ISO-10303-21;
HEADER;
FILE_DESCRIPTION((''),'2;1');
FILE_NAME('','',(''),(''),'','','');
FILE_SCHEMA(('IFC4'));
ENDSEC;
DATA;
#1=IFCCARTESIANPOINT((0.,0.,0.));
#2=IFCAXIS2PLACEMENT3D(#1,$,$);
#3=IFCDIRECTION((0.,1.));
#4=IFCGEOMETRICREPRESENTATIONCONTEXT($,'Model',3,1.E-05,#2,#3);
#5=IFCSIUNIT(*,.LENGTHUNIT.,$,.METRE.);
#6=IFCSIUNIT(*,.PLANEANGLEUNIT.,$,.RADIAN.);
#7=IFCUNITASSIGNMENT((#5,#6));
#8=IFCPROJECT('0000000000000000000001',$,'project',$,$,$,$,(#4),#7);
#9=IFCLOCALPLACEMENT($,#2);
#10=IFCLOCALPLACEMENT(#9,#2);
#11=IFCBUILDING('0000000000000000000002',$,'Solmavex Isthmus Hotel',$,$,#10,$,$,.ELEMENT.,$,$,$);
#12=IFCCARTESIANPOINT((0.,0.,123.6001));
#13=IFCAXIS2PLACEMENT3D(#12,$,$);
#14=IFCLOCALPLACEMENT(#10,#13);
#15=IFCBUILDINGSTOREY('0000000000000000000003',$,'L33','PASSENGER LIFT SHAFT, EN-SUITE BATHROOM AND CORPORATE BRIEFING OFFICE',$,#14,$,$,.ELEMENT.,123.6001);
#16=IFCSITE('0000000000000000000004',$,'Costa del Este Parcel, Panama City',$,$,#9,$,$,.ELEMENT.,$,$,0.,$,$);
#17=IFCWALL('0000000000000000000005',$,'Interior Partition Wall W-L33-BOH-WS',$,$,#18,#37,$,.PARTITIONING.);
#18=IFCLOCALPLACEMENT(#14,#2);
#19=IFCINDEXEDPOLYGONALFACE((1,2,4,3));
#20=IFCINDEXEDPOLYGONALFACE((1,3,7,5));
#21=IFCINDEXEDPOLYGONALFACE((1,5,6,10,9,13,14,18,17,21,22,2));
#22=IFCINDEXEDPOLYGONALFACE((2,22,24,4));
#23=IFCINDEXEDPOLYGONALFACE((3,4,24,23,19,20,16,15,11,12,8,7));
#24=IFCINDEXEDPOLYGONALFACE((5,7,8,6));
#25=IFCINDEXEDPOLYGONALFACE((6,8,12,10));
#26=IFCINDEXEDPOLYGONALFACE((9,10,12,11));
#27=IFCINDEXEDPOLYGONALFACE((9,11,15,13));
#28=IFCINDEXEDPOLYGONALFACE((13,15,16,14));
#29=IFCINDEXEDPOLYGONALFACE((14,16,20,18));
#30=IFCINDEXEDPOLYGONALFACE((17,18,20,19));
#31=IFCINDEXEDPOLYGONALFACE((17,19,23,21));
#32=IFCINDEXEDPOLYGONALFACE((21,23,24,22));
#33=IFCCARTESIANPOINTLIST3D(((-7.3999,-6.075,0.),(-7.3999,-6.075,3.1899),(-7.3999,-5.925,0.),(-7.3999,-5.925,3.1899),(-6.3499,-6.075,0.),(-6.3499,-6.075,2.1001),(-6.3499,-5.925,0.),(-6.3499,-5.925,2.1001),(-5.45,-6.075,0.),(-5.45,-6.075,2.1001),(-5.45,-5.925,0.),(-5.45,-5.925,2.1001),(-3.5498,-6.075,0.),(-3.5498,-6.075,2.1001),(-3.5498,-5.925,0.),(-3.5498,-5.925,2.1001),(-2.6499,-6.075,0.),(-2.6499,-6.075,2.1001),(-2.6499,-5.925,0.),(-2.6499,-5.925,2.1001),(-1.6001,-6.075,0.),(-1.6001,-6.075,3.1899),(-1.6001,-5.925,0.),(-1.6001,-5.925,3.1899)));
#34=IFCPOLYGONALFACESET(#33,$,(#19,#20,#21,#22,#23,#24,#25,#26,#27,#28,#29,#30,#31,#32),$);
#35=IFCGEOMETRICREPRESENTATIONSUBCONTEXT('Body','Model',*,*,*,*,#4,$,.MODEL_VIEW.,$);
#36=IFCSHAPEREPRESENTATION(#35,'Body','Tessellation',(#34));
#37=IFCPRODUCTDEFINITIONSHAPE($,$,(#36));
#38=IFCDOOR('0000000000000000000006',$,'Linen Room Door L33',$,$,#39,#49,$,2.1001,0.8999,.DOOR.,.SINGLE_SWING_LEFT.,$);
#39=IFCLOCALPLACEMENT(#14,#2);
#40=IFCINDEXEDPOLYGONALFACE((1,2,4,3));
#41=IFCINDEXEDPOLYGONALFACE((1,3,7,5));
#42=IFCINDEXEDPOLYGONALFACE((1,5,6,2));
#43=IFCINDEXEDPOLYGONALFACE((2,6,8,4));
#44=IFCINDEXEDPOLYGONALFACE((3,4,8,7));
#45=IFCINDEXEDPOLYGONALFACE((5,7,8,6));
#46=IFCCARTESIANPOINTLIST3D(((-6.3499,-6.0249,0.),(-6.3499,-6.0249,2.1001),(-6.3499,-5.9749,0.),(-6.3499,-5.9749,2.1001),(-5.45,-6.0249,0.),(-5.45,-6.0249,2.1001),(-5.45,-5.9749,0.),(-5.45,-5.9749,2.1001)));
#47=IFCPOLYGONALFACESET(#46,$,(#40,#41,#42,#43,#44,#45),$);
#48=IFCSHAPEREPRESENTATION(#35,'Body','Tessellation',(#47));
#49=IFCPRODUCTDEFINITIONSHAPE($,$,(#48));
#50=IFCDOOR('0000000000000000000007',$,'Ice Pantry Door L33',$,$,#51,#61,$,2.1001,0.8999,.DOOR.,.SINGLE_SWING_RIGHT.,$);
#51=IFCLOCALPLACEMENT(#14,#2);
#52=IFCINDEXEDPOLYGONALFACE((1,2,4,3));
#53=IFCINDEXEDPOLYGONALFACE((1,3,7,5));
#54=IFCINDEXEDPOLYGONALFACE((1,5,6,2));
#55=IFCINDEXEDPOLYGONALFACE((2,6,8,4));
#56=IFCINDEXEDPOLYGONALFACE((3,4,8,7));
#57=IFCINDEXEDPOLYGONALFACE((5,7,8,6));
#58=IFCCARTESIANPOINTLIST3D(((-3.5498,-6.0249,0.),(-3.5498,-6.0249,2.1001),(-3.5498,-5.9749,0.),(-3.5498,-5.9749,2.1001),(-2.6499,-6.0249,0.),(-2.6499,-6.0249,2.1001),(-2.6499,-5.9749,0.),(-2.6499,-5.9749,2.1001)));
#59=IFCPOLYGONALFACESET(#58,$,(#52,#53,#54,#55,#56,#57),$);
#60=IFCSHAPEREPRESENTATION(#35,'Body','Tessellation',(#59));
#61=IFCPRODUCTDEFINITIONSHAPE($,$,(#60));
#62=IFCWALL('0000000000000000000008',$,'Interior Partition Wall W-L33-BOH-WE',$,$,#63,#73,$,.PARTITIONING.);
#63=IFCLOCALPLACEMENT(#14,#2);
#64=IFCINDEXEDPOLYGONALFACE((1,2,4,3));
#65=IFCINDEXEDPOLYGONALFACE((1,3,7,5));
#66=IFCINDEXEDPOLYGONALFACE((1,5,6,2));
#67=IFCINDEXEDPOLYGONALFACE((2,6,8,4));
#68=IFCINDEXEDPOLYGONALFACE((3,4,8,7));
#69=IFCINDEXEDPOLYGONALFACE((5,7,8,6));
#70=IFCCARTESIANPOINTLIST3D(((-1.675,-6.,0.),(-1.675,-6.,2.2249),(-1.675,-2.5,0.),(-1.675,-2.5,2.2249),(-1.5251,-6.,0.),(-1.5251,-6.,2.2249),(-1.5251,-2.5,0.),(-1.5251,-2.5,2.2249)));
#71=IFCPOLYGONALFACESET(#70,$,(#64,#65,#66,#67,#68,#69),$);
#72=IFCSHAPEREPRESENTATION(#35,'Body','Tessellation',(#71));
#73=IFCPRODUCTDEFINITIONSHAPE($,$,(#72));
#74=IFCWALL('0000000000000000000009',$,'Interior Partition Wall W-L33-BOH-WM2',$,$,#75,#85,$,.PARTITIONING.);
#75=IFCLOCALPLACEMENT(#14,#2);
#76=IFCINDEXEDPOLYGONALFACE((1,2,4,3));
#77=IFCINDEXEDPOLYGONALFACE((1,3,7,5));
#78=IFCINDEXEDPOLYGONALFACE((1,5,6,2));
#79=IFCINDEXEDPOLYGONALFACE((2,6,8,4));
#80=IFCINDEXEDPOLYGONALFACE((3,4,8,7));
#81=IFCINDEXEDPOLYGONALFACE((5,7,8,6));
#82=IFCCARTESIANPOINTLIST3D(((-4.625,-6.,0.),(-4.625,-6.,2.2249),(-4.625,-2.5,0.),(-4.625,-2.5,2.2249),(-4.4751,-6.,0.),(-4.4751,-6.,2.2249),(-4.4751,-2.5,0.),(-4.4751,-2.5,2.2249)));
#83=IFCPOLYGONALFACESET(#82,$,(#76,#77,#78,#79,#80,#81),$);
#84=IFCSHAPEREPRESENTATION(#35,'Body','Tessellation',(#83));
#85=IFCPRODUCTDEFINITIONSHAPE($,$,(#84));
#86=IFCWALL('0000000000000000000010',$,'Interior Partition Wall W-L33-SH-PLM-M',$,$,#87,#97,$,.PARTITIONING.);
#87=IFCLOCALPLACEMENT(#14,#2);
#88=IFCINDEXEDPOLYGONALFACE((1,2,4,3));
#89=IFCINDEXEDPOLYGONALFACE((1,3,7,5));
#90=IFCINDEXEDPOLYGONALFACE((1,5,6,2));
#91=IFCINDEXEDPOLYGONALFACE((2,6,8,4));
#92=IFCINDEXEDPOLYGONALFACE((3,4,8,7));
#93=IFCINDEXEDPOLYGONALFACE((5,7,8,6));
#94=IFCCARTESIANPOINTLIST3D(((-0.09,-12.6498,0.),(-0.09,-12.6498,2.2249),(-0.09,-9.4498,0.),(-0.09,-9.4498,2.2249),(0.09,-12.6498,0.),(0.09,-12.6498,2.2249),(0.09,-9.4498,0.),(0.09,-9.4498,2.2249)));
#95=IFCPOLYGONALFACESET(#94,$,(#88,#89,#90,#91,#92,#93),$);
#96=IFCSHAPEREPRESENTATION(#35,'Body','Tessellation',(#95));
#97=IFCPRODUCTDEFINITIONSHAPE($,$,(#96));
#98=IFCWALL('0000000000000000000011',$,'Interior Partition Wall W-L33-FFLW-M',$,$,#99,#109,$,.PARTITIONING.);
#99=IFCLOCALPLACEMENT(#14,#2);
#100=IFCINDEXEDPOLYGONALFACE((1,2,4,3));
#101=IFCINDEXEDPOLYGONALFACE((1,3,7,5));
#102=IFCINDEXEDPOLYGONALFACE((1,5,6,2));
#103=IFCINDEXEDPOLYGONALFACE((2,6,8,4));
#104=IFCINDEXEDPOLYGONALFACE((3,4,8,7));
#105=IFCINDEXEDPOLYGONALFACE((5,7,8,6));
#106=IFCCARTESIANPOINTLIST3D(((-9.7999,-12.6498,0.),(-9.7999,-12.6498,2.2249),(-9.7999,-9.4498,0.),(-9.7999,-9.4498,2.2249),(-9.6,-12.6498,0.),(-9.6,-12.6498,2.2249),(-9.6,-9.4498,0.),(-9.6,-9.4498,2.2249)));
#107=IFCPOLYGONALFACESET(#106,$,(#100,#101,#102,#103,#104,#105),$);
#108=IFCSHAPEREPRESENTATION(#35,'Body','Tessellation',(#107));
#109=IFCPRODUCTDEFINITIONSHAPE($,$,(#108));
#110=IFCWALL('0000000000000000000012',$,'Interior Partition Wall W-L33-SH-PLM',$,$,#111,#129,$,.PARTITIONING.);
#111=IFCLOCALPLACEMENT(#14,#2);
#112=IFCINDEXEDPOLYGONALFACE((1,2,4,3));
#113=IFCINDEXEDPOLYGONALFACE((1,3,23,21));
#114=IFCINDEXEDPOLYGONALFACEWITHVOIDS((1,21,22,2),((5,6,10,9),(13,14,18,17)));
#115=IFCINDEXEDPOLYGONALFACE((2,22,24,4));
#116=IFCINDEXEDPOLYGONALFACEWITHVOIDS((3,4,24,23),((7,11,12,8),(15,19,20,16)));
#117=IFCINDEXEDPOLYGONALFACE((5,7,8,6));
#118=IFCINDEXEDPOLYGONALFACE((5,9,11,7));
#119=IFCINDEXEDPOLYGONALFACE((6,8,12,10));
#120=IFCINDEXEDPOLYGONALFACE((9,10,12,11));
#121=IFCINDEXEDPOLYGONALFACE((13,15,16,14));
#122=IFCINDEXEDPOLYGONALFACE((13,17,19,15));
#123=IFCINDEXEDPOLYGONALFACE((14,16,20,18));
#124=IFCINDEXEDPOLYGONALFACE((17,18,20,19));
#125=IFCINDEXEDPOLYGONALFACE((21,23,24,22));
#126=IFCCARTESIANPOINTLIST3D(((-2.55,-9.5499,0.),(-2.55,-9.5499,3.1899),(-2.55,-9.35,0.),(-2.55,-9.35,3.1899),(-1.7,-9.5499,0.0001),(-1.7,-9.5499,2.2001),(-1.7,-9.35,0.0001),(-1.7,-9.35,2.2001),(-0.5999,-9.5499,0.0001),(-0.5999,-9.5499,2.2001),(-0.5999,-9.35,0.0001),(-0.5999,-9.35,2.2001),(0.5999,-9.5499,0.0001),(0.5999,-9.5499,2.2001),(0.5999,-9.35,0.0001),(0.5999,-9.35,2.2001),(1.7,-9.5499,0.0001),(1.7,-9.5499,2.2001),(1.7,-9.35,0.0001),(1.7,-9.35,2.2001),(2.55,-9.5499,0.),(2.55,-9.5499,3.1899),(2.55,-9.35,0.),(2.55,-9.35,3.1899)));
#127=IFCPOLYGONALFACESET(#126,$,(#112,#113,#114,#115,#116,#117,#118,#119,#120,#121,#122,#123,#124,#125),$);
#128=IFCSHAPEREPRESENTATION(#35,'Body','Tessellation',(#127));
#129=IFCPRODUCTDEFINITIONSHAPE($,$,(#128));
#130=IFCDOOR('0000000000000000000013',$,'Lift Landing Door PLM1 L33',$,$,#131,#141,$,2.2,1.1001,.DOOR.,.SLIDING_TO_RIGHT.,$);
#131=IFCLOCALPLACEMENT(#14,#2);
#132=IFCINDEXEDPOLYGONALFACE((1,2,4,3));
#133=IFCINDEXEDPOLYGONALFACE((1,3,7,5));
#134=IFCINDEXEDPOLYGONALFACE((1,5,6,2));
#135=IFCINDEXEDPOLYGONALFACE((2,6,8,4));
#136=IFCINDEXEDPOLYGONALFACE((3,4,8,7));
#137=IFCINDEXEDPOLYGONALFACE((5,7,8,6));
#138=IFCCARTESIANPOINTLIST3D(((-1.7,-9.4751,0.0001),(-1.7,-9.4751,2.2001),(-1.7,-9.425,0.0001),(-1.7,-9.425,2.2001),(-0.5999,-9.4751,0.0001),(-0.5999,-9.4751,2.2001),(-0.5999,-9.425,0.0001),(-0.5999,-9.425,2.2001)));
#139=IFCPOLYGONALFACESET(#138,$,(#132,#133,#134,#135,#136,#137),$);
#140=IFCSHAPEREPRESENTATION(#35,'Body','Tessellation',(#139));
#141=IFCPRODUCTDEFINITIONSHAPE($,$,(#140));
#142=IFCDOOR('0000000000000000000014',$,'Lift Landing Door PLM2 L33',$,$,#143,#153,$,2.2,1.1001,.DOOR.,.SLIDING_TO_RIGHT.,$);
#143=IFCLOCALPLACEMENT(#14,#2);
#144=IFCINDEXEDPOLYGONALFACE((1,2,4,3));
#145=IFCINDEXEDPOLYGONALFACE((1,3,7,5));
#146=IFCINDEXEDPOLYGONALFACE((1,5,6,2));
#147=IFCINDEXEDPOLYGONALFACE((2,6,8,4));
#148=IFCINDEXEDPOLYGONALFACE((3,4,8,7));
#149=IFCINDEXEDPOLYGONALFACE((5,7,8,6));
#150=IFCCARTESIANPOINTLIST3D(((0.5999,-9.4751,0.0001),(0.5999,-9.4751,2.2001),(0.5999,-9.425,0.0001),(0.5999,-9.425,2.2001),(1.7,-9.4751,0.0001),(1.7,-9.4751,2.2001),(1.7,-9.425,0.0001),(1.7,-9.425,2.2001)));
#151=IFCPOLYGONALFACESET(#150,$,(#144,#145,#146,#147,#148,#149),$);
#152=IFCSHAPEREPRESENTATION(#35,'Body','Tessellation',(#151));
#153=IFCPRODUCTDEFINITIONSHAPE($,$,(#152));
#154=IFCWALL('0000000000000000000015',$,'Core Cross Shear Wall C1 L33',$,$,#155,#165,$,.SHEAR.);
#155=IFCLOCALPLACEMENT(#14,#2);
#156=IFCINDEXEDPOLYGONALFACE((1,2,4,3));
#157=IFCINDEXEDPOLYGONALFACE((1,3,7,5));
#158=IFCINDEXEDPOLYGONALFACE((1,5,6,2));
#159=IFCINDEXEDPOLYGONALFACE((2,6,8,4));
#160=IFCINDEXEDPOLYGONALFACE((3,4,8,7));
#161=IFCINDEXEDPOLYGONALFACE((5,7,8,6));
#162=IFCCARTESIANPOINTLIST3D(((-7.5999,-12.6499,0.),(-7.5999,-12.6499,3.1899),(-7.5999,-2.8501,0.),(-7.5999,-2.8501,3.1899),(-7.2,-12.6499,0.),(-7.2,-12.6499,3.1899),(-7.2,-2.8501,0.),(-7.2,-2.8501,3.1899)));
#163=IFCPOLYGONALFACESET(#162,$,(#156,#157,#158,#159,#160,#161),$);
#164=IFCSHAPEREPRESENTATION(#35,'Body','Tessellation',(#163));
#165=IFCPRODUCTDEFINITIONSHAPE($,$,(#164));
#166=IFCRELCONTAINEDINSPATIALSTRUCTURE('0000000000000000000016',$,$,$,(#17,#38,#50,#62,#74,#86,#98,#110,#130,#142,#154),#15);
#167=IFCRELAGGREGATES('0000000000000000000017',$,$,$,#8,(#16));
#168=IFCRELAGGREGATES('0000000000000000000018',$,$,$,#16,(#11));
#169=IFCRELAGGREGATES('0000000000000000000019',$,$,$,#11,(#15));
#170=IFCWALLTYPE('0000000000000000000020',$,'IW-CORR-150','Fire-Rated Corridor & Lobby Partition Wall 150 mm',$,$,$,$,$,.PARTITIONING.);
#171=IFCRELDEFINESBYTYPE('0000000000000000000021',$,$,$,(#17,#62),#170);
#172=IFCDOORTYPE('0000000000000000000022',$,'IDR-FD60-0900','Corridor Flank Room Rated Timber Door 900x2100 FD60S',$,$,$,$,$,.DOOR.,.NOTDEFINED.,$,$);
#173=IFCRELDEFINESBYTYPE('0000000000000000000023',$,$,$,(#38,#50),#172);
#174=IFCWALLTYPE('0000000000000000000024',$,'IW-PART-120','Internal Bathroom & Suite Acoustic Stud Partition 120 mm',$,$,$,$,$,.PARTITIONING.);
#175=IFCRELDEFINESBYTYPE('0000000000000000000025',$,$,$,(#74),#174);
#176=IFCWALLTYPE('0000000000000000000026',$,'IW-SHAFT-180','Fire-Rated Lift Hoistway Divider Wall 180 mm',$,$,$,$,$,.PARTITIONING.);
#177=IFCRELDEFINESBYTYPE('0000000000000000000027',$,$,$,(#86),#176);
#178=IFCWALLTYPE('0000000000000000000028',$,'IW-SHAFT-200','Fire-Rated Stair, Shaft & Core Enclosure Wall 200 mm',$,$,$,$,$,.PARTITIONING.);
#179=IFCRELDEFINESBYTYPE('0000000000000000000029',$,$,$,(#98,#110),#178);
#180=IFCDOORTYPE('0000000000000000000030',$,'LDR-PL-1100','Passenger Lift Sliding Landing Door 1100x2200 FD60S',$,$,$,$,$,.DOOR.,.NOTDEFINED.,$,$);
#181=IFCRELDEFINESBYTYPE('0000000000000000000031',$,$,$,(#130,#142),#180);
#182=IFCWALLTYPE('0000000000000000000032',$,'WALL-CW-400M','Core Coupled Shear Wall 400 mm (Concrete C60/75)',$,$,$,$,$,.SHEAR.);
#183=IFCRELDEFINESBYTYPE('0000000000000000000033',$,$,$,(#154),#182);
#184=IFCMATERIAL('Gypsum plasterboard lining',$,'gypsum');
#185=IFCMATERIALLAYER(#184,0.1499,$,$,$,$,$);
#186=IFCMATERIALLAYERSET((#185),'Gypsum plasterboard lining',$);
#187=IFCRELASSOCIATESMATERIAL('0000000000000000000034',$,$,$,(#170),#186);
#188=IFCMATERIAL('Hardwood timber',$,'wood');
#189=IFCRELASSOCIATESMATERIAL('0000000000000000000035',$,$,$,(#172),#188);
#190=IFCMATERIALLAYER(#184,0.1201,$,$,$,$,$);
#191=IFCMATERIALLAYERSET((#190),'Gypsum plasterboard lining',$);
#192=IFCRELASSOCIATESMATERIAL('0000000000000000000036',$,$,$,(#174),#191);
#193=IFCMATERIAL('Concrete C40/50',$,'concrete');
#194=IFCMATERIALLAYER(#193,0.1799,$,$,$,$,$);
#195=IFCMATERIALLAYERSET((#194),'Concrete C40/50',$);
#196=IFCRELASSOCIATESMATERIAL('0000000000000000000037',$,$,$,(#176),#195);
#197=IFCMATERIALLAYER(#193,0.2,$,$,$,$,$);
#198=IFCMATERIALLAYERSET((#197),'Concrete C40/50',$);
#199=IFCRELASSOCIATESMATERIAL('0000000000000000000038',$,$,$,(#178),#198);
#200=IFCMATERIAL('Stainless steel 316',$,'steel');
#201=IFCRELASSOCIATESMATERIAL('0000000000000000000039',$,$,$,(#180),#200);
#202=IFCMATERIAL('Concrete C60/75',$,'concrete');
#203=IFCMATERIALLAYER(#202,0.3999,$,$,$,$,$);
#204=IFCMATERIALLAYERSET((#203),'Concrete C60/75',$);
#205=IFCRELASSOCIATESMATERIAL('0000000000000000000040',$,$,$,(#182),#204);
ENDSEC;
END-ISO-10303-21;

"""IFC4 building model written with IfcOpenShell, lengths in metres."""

from ifc_helpers import new_model, si_unit, direction, frame, frame_2d, origin, place, context, subcontext, project, spatial, rectangle, extrude, material, layer, layer_set, type_object, element, fill, save


model = new_model("IFC4")

# Units and contexts
model_context = context("Model", 3, precision=1e-05, world=origin(), true_north=direction((0.0, 1.0)))
body_context = subcontext(model_context, "Body", "Model", "MODEL_VIEW")
ifc_project = project(units=[si_unit("LENGTHUNIT", "METRE"), si_unit("PLANEANGLEUNIT", "RADIAN")], contexts=[model_context])

# Site, building, storey
site_placement = place(None, origin())
site = spatial("IfcSite", under=ifc_project, at=site_placement, Name="Costa del Este Parcel, Panama City", CompositionType="ELEMENT", RefElevation=0.0)
building_placement = place(site_placement, origin())
building = spatial("IfcBuilding", under=site, at=building_placement, Name="Solmavex Isthmus Hotel", CompositionType="ELEMENT")
storey_placement = place(building_placement, frame((0.0, 0.0, 123.6001)))
storey = spatial("IfcBuildingStorey", under=building, at=storey_placement, Name="L33", Description="PASSENGER LIFT SHAFT, EN-SUITE BATHROOM AND CORPORATE BRIEFING OFFICE", CompositionType="ELEMENT", Elevation=123.6001)

# Shared definitions
ifc_material_1 = material(Name="Concrete C60/75", Category="concrete")

# Shared definitions
ifc_material_2 = material(Name="Concrete C40/50", Category="concrete")

# Shared definitions
ifc_material_3 = material(Name="Gypsum plasterboard lining", Category="gypsum")
ifc_material_4 = material(Name="Hardwood timber", Category="wood")

# Wall, openings, doors
ifc_layer_1 = layer(ifc_material_3, 0.1499)
ifc_layer_set_1 = layer_set([ifc_layer_1], Name="Gypsum plasterboard lining")
wall_type_1 = type_object("IfcWallType", Name="IW-CORR-150", Description="Fire-Rated Corridor & Lobby Partition Wall 150 mm", PredefinedType="PARTITIONING", material=ifc_layer_set_1)
wall_1_placement = place(storey_placement, frame((-7.3999, -6.0, 0.0), z_axis=(0.0, 0.0, 1.0), x_axis=(1.0, 0.0, 0.0)))
wall_1 = element("IfcWall", 1, at=wall_1_placement, inside=storey, type_object=wall_type_1, Name="Interior Partition Wall W-L33-BOH-WS", PredefinedType="PARTITIONING", context=body_context, shape_type="SweptSolid", body=[
    extrude(rectangle(XDim=5.7998, YDim=0.1499, at=frame_2d((2.8999, 0.0))), origin(), (0.0, 0.0, 1.0), 3.1899),
])
opening_1_placement = place(wall_1_placement, frame((1.05, 0.0, 0.0)))
opening_1 = element("IfcOpeningElement", 2, at=opening_1_placement, cuts=wall_1, PredefinedType="OPENING", context=body_context, shape_type="SweptSolid", body=[
    extrude(rectangle(XDim=0.8999, YDim=2.1001, at=frame_2d((0.45, 1.05))), frame((0.0, 0.085, 0.0), z_axis=(0.0, -1.0, 0.0), x_axis=(1.0, 0.0, 0.0)), (0.0, 0.0, 1.0), 0.1699),
])
opening_2_placement = place(wall_1_placement, frame((3.8501, 0.0, 0.0)))
opening_2 = element("IfcOpeningElement", 3, at=opening_2_placement, cuts=wall_1, PredefinedType="OPENING", context=body_context, shape_type="SweptSolid", body=[
    extrude(rectangle(XDim=0.8999, YDim=2.1001, at=frame_2d((0.45, 1.05))), frame((0.0, 0.085, 0.0), z_axis=(0.0, -1.0, 0.0), x_axis=(1.0, 0.0, 0.0)), (0.0, 0.0, 1.0), 0.1699),
])
door_type_1 = type_object("IfcDoorType", Name="IDR-FD60-0900", Description="Corridor Flank Room Rated Timber Door 900x2100 FD60S", OperationType="NOTDEFINED", PredefinedType="DOOR", material=ifc_material_4)
door_1_placement = place(opening_1_placement, frame((0.8999, 0.0, 0.0), z_axis=(0.0, 0.0, 1.0), x_axis=(-1.0, 0.0, 0.0)))
door_1 = element("IfcDoor", 4, at=door_1_placement, inside=storey, type_object=door_type_1, Name="Linen Room Door L33", OperationType="SINGLE_SWING_LEFT", OverallHeight=2.1001, OverallWidth=0.8999, PredefinedType="DOOR", context=body_context, shape_type="SweptSolid", body=[
    extrude(rectangle(XDim=0.8999, YDim=2.1001, at=frame_2d((0.45, 1.05))), frame((0.0, 0.0249, 0.0), z_axis=(0.0, -1.0, 0.0), x_axis=(1.0, 0.0, 0.0)), (0.0, 0.0, 1.0), 0.05),
])
fill(opening_1, door_1)
door_2_placement = place(opening_2_placement, frame((0.8999, 0.0, 0.0), z_axis=(0.0, 0.0, 1.0), x_axis=(-1.0, 0.0, 0.0)))
door_2 = element("IfcDoor", 5, at=door_2_placement, inside=storey, type_object=door_type_1, Name="Ice Pantry Door L33", OperationType="SINGLE_SWING_RIGHT", OverallHeight=2.1001, OverallWidth=0.8999, PredefinedType="DOOR", context=body_context, shape_type="SweptSolid", body=[
    extrude(rectangle(XDim=0.8999, YDim=2.1001, at=frame_2d((0.45, 1.05))), frame((0.0, 0.0249, 0.0), z_axis=(0.0, -1.0, 0.0), x_axis=(1.0, 0.0, 0.0)), (0.0, 0.0, 1.0), 0.05),
])
fill(opening_2, door_2)

# Walls
wall_2_placement = place(storey_placement, frame((-1.6001, -6.0, 0.0), z_axis=(0.0, 0.0, 1.0), x_axis=(0.0, 1.0, 0.0)))
element("IfcWall", 6, at=wall_2_placement, inside=storey, type_object=wall_type_1, Name="Interior Partition Wall W-L33-BOH-WE", PredefinedType="PARTITIONING", context=body_context, shape_type="SweptSolid", body=[
    extrude(rectangle(XDim=3.5, YDim=0.1499, at=frame_2d((1.75, 0.0))), origin(), (0.0, 0.0, 1.0), 2.2249),
])
ifc_layer_2 = layer(ifc_material_3, 0.1201)
ifc_layer_set_2 = layer_set([ifc_layer_2], Name="Gypsum plasterboard lining")
wall_type_2 = type_object("IfcWallType", Name="IW-PART-120", Description="Internal Bathroom & Suite Acoustic Stud Partition 120 mm", PredefinedType="PARTITIONING", material=ifc_layer_set_2)
wall_3_placement = place(storey_placement, frame((-4.55, -6.0, 0.0), z_axis=(0.0, 0.0, 1.0), x_axis=(0.0, 1.0, 0.0)))
element("IfcWall", 7, at=wall_3_placement, inside=storey, type_object=wall_type_2, Name="Interior Partition Wall W-L33-BOH-WM2", PredefinedType="PARTITIONING", context=body_context, shape_type="SweptSolid", body=[
    extrude(rectangle(XDim=3.5, YDim=0.1499, at=frame_2d((1.75, 0.0))), origin(), (0.0, 0.0, 1.0), 2.2249),
])
ifc_layer_3 = layer(ifc_material_2, 0.1799)
ifc_layer_set_3 = layer_set([ifc_layer_3], Name="Concrete C40/50")
wall_type_3 = type_object("IfcWallType", Name="IW-SHAFT-180", Description="Fire-Rated Lift Hoistway Divider Wall 180 mm", PredefinedType="PARTITIONING", material=ifc_layer_set_3)
wall_4_placement = place(storey_placement, frame((0.0, -12.6499, 0.0), z_axis=(0.0, 0.0, 1.0), x_axis=(0.0, 1.0, 0.0)))
element("IfcWall", 8, at=wall_4_placement, inside=storey, type_object=wall_type_3, Name="Interior Partition Wall W-L33-SH-PLM-M", PredefinedType="PARTITIONING", context=body_context, shape_type="SweptSolid", body=[
    extrude(rectangle(XDim=3.2, YDim=0.1799, at=frame_2d((1.6001, 0.0))), origin(), (0.0, 0.0, 1.0), 2.2249),
])
ifc_layer_4 = layer(ifc_material_2, 0.2)
ifc_layer_set_4 = layer_set([ifc_layer_4], Name="Concrete C40/50")
wall_type_4 = type_object("IfcWallType", Name="IW-SHAFT-200", Description="Fire-Rated Stair, Shaft & Core Enclosure Wall 200 mm", PredefinedType="PARTITIONING", material=ifc_layer_set_4)
wall_5_placement = place(storey_placement, frame((-9.7, -12.6499, 0.0), z_axis=(0.0, 0.0, 1.0), x_axis=(0.0, 1.0, 0.0)))
element("IfcWall", 9, at=wall_5_placement, inside=storey, type_object=wall_type_4, Name="Interior Partition Wall W-L33-FFLW-M", PredefinedType="PARTITIONING", context=body_context, shape_type="SweptSolid", body=[
    extrude(rectangle(XDim=3.2, YDim=0.2, at=frame_2d((1.6001, 0.0))), origin(), (0.0, 0.0, 1.0), 2.2249),
])

# Wall, openings, doors
wall_6_placement = place(storey_placement, frame((-2.55, -9.45, 0.0), z_axis=(0.0, 0.0, 1.0), x_axis=(1.0, 0.0, 0.0)))
wall_6 = element("IfcWall", 10, at=wall_6_placement, inside=storey, type_object=wall_type_4, Name="Interior Partition Wall W-L33-SH-PLM", PredefinedType="PARTITIONING", context=body_context, shape_type="SweptSolid", body=[
    extrude(rectangle(XDim=5.1001, YDim=0.2, at=frame_2d((2.55, 0.0))), origin(), (0.0, 0.0, 1.0), 3.1899),
])
opening_3_placement = place(wall_6_placement, frame((0.8501, 0.0, 0.0)))
opening_3 = element("IfcOpeningElement", 11, at=opening_3_placement, cuts=wall_6, PredefinedType="OPENING", context=body_context, shape_type="SweptSolid", body=[
    extrude(rectangle(XDim=1.1001, YDim=2.2, at=frame_2d((0.55, 1.1001))), frame((0.0, 0.1099, 0.0), z_axis=(0.0, -1.0, 0.0), x_axis=(1.0, 0.0, 0.0)), (0.0, 0.0, 1.0), 0.22),
])
opening_4_placement = place(wall_6_placement, frame((3.1499, 0.0, 0.0)))
opening_4 = element("IfcOpeningElement", 12, at=opening_4_placement, cuts=wall_6, PredefinedType="OPENING", context=body_context, shape_type="SweptSolid", body=[
    extrude(rectangle(XDim=1.1001, YDim=2.2, at=frame_2d((0.55, 1.1001))), frame((0.0, 0.1099, 0.0), z_axis=(0.0, -1.0, 0.0), x_axis=(1.0, 0.0, 0.0)), (0.0, 0.0, 1.0), 0.22),
])
ifc_material_5 = material(Name="Stainless steel 316", Category="steel")
door_type_2 = type_object("IfcDoorType", Name="LDR-PL-1100", Description="Passenger Lift Sliding Landing Door 1100x2200 FD60S", OperationType="NOTDEFINED", PredefinedType="DOOR", material=ifc_material_5)
door_3_placement = place(opening_3_placement, origin())
door_3 = element("IfcDoor", 13, at=door_3_placement, inside=storey, type_object=door_type_2, Name="Lift Landing Door PLM1 L33", OperationType="SLIDING_TO_RIGHT", OverallHeight=2.2, OverallWidth=1.1001, PredefinedType="DOOR", context=body_context, shape_type="SweptSolid", body=[
    extrude(rectangle(XDim=1.1001, YDim=2.2, at=frame_2d((0.55, 1.1001))), frame((0.0, 0.0249, 0.0), z_axis=(0.0, -1.0, 0.0), x_axis=(1.0, 0.0, 0.0)), (0.0, 0.0, 1.0), 0.05),
])
fill(opening_3, door_3)
door_4_placement = place(opening_4_placement, origin())
door_4 = element("IfcDoor", 14, at=door_4_placement, inside=storey, type_object=door_type_2, Name="Lift Landing Door PLM2 L33", OperationType="SLIDING_TO_RIGHT", OverallHeight=2.2, OverallWidth=1.1001, PredefinedType="DOOR", context=body_context, shape_type="SweptSolid", body=[
    extrude(rectangle(XDim=1.1001, YDim=2.2, at=frame_2d((0.55, 1.1001))), frame((0.0, 0.0249, 0.0), z_axis=(0.0, -1.0, 0.0), x_axis=(1.0, 0.0, 0.0)), (0.0, 0.0, 1.0), 0.05),
])
fill(opening_4, door_4)

# Wall
ifc_layer_5 = layer(ifc_material_1, 0.3999)
ifc_layer_set_5 = layer_set([ifc_layer_5], Name="Concrete C60/75")
wall_type_5 = type_object("IfcWallType", Name="WALL-CW-400M", Description="Core Coupled Shear Wall 400 mm (Concrete C60/75)", PredefinedType="SHEAR", material=ifc_layer_set_5)
wall_7_placement = place(storey_placement, frame((-7.3999, -12.6499, 0.0), z_axis=(0.0, 0.0, 1.0), x_axis=(0.0, 1.0, 0.0)))
element("IfcWall", 15, at=wall_7_placement, inside=storey, type_object=wall_type_5, Name="Core Cross Shear Wall C1 L33", PredefinedType="SHEAR", context=body_context, shape_type="SweptSolid", body=[
    extrude(rectangle(XDim=9.7998, YDim=0.3999, at=frame_2d((4.8999, 0.0))), origin(), (0.0, 0.0, 1.0), 3.1899),
])

save(model, "model.ifc")
